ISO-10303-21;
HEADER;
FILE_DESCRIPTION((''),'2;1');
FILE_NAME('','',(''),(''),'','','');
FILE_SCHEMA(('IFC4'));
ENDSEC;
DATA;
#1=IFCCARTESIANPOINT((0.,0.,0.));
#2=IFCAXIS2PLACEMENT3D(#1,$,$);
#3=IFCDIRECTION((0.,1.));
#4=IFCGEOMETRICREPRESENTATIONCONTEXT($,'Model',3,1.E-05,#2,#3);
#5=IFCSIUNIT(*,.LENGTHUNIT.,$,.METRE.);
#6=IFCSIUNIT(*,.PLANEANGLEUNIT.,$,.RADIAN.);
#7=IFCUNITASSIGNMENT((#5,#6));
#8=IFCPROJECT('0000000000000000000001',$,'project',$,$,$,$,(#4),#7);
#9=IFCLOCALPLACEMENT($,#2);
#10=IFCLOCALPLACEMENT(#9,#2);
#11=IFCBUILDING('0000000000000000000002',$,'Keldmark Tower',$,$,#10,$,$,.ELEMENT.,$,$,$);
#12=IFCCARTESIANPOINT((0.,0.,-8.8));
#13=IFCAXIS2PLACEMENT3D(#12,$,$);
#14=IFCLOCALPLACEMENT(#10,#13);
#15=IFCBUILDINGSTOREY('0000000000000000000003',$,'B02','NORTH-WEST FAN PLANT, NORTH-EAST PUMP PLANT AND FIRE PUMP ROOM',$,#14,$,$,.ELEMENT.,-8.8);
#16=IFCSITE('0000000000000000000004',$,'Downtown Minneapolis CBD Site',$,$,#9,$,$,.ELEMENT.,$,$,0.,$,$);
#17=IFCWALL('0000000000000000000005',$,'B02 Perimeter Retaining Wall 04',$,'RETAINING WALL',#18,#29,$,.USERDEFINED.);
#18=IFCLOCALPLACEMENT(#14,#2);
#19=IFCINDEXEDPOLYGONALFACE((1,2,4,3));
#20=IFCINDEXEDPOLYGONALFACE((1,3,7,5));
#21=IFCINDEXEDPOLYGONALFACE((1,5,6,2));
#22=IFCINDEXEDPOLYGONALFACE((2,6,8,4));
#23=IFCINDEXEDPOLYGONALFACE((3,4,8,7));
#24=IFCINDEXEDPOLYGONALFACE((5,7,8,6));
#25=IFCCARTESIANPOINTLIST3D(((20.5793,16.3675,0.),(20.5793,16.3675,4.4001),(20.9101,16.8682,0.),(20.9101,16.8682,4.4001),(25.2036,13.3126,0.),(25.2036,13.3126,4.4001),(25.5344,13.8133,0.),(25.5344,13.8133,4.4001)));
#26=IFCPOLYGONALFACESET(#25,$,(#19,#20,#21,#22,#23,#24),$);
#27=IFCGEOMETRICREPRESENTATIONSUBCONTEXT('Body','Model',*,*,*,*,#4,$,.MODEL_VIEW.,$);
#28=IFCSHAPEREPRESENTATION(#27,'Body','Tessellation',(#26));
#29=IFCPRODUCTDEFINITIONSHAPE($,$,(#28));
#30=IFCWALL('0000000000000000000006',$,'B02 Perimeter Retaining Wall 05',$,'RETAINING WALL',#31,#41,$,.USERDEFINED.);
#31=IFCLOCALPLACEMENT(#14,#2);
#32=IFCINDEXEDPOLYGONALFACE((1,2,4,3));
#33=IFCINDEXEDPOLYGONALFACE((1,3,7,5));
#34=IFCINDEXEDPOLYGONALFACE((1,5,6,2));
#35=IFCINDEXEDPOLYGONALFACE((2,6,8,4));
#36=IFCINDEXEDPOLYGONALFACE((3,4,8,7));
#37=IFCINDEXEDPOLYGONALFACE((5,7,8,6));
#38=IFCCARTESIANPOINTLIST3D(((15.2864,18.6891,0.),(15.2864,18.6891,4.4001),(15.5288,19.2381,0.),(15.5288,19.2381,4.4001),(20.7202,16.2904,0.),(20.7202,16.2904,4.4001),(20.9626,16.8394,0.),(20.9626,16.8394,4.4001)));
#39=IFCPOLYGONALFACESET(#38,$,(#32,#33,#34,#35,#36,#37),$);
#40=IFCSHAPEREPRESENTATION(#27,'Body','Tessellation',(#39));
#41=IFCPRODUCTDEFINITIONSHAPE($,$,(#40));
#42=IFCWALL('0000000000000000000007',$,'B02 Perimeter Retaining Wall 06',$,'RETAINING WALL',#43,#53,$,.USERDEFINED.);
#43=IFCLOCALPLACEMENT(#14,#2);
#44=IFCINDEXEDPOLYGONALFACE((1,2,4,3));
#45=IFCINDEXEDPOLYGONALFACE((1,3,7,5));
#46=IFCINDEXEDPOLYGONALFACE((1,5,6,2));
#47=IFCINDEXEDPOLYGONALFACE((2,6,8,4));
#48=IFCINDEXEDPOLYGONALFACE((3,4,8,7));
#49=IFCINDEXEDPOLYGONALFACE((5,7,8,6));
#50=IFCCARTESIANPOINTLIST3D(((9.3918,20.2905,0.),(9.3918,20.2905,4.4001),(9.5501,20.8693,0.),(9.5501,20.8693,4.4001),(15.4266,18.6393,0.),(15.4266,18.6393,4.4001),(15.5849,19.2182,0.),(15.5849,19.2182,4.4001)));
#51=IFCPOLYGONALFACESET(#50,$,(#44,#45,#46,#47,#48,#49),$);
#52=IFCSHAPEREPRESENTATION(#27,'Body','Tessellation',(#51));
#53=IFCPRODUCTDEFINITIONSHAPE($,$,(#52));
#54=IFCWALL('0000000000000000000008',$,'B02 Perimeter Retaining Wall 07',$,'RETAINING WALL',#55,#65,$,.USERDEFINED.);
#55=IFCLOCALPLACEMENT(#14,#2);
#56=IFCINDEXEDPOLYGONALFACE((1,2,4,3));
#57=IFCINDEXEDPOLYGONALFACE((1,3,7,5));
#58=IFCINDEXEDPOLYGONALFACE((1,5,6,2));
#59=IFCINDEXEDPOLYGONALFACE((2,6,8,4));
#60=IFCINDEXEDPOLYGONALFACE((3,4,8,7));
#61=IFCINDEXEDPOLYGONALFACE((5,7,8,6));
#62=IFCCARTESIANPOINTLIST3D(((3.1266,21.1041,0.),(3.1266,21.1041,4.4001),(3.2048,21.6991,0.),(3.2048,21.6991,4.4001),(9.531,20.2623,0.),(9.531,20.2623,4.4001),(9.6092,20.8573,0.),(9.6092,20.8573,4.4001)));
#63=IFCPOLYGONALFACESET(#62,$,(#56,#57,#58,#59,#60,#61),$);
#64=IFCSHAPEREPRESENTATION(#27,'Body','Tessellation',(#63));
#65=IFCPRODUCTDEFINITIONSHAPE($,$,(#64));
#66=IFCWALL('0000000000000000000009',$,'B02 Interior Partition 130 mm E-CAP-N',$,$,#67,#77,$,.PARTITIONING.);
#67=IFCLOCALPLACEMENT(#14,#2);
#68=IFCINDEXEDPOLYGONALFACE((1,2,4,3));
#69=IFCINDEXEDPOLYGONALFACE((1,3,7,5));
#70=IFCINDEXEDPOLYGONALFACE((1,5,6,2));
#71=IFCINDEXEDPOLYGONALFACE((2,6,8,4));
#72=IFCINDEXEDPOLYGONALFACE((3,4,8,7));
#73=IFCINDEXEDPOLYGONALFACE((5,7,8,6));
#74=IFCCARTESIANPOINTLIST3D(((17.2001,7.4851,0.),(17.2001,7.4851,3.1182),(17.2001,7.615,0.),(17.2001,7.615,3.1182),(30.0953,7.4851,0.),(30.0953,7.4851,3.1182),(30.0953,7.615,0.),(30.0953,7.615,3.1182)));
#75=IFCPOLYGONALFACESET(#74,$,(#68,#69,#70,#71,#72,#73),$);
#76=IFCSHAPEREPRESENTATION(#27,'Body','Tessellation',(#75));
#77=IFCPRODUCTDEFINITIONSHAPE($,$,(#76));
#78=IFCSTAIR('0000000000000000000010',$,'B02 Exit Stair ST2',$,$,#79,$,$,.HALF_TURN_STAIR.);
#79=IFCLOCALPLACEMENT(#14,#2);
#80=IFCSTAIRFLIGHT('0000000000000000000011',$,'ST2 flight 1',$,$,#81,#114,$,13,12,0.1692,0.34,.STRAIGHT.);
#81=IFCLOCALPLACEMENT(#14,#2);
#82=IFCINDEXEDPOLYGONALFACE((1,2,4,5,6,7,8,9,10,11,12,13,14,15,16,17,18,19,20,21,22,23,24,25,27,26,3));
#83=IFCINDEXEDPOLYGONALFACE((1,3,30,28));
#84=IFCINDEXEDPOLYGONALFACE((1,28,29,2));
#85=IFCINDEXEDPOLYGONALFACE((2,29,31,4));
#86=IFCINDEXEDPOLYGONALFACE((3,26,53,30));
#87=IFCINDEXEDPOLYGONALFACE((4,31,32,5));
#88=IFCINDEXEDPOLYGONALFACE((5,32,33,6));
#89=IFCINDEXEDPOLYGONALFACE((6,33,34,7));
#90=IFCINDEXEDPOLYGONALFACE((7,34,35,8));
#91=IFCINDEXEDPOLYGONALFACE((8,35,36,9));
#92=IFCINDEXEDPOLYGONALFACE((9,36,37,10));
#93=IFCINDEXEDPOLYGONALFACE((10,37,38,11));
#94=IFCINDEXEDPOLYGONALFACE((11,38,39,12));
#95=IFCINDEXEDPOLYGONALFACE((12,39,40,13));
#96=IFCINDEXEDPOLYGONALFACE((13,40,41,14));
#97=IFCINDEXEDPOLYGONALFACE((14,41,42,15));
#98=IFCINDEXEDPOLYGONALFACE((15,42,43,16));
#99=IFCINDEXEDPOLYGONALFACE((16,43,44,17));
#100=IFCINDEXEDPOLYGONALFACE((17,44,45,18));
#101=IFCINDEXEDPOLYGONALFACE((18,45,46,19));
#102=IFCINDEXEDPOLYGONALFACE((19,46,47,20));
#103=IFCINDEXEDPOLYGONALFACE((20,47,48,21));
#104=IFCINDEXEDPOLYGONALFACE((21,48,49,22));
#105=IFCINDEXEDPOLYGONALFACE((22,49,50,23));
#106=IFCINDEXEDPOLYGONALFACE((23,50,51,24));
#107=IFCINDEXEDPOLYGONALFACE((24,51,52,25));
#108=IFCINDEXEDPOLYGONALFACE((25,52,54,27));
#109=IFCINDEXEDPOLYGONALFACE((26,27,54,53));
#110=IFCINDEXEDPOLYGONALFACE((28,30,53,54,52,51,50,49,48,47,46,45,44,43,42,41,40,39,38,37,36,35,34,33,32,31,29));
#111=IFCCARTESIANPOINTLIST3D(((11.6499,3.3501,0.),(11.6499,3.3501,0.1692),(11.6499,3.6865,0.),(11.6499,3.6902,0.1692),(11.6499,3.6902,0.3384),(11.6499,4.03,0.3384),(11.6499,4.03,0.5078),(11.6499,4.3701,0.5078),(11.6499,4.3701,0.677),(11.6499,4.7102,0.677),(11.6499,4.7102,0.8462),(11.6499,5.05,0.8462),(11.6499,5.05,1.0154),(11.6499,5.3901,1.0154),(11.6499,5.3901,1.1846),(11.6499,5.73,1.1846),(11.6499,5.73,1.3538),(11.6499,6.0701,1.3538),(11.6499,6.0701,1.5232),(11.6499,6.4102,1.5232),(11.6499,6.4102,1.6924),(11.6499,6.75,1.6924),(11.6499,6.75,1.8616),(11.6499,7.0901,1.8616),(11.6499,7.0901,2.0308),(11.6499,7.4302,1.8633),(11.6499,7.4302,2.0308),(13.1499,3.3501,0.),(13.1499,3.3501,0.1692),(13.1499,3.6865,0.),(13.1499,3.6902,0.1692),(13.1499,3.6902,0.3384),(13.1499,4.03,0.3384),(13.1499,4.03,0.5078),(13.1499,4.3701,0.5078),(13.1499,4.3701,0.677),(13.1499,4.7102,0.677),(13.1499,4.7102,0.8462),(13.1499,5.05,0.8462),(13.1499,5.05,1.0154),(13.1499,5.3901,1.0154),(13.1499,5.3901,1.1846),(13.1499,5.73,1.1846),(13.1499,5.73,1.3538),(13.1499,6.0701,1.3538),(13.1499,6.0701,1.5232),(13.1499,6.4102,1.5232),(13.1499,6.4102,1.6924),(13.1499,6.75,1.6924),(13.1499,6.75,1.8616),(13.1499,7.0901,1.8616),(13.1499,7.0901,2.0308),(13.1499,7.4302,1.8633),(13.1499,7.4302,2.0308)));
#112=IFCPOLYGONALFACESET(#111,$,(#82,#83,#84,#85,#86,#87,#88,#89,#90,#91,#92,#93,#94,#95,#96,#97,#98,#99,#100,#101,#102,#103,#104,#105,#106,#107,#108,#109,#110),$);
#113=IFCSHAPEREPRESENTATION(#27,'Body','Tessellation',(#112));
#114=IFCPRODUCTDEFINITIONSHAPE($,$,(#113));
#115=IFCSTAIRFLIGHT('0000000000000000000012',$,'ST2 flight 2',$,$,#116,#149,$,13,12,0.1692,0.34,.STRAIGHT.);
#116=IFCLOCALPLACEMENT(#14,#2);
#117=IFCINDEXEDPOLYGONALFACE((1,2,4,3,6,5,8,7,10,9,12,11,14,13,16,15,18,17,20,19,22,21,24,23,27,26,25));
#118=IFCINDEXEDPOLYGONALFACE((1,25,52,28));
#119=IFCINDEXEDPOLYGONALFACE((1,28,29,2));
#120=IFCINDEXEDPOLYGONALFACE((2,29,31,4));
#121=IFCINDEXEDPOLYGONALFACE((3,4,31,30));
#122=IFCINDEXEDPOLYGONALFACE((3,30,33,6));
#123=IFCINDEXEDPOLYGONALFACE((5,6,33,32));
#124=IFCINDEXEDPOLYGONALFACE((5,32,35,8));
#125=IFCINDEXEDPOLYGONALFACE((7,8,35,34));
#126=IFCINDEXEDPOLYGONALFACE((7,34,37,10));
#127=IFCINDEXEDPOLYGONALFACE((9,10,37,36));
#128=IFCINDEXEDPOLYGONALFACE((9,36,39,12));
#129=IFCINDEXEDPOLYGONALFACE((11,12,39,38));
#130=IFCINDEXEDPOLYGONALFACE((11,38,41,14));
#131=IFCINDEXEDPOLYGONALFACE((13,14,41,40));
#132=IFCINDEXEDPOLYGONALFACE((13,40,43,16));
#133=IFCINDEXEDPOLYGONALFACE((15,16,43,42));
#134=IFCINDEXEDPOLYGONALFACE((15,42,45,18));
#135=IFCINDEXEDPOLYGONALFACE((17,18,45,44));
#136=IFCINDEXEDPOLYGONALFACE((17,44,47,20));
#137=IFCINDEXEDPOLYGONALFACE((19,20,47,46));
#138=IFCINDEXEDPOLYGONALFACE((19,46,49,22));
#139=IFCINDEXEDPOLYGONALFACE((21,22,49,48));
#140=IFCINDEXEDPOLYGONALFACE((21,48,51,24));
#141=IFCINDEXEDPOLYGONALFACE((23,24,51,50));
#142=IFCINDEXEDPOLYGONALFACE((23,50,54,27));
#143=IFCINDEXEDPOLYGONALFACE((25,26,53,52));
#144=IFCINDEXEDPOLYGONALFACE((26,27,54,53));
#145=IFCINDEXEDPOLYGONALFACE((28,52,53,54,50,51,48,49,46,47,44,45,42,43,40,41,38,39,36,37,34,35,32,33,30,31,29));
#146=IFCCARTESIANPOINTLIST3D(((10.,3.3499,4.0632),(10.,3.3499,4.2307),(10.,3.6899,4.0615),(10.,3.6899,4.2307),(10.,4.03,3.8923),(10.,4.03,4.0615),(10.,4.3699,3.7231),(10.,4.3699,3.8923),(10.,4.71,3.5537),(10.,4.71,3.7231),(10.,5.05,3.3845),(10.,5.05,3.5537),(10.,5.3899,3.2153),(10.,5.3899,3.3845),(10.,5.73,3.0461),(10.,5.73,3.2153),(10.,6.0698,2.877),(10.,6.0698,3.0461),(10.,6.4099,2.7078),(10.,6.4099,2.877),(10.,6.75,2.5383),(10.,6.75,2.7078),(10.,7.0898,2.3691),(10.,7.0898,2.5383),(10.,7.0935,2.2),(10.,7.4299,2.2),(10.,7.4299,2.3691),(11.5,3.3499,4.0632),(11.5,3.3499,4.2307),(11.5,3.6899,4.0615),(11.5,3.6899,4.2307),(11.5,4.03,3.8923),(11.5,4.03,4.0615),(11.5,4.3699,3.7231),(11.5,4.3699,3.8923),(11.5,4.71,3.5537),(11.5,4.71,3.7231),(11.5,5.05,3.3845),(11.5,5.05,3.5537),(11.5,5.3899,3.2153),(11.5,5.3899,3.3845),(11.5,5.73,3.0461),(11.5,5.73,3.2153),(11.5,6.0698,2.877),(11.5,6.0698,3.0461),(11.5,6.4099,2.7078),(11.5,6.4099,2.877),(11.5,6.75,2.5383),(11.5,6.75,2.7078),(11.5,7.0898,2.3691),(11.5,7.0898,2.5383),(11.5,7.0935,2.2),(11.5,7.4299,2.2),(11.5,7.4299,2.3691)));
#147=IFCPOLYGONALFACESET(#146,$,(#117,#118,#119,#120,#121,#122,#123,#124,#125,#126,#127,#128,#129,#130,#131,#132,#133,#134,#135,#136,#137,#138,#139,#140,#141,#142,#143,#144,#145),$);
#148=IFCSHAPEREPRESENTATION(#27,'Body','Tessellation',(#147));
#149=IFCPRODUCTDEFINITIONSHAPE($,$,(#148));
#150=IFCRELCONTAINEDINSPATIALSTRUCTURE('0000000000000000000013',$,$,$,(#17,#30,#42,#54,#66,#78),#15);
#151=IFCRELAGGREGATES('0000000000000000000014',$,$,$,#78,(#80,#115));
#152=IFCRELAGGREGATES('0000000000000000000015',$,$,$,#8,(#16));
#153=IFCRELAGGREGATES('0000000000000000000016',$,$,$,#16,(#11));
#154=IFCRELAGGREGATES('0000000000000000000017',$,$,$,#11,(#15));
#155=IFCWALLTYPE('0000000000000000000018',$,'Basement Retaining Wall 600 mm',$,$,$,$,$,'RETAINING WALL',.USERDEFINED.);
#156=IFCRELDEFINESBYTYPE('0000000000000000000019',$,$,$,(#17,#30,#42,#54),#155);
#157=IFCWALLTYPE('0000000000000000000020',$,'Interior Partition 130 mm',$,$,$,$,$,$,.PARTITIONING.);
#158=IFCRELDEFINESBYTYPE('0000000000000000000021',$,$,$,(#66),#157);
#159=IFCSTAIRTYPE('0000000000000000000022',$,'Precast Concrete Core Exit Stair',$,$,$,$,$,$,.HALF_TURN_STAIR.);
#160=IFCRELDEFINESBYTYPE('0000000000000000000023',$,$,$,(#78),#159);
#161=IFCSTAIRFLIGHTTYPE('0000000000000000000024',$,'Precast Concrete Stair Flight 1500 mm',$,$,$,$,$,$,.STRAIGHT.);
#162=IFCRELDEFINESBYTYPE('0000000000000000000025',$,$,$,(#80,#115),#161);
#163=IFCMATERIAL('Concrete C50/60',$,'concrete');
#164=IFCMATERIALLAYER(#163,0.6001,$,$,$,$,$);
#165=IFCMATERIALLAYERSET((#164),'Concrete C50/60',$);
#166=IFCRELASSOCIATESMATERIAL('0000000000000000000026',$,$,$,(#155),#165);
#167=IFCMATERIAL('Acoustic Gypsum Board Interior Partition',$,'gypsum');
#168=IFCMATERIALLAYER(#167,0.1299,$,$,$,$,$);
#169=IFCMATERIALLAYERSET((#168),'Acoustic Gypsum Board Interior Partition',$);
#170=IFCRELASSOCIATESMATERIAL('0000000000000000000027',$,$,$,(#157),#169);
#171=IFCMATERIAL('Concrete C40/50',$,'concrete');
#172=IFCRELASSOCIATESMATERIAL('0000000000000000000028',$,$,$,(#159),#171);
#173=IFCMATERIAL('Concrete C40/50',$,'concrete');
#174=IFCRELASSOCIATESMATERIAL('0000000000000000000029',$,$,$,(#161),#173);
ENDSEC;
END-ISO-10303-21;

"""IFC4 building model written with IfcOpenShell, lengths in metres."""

from ifc_helpers import new_model, si_unit, direction, frame, frame_2d, origin, place, context, subcontext, project, spatial, polyline, rectangle, outline, extrude, material, layer, layer_set, type_object, element, aggregate, save


model = new_model("IFC4")

# Units and contexts
model_context = context("Model", 3, precision=1e-05, world=origin(), true_north=direction((0.0, 1.0)))
body_context = subcontext(model_context, "Body", "Model", "MODEL_VIEW")
ifc_project = project(units=[si_unit("LENGTHUNIT", "METRE"), si_unit("PLANEANGLEUNIT", "RADIAN")], contexts=[model_context])

# Site, building, storey
site_placement = place(None, origin())
site = spatial("IfcSite", under=ifc_project, at=site_placement, Name="Downtown Minneapolis CBD Site", CompositionType="ELEMENT", RefElevation=0.0)
building_placement = place(site_placement, origin())
building = spatial("IfcBuilding", under=site, at=building_placement, Name="Keldmark Tower", CompositionType="ELEMENT")
storey_placement = place(building_placement, frame((0.0, 0.0, -8.8)))
storey = spatial("IfcBuildingStorey", under=building, at=storey_placement, Name="B02", Description="NORTH-WEST FAN PLANT, NORTH-EAST PUMP PLANT AND FIRE PUMP ROOM", CompositionType="ELEMENT", Elevation=-8.8)

# Walls
ifc_material_1 = material(Name="Concrete C50/60", Category="concrete")
ifc_layer_1 = layer(ifc_material_1, 0.6001)
ifc_layer_set_1 = layer_set([ifc_layer_1], Name="Concrete C50/60")
wall_type_1 = type_object("IfcWallType", Name="Basement Retaining Wall 600 mm", ElementType="RETAINING WALL", PredefinedType="USERDEFINED", material=ifc_layer_set_1)
wall_1_placement = place(storey_placement, frame((25.3689, 13.563, 0.0), z_axis=(0.0, 0.0, 1.0), x_axis=(-0.834368, 0.551209, 0.0)))
element("IfcWall", 1, at=wall_1_placement, inside=storey, type_object=wall_type_1, Name="B02 Perimeter Retaining Wall 04", ObjectType="RETAINING WALL", PredefinedType="USERDEFINED", context=body_context, shape_type="SweptSolid", body=[
    extrude(rectangle(XDim=5.5422, YDim=0.6001, at=frame_2d((2.771, 0.0))), origin(), (0.0, 0.0, 1.0), 4.4001),
])
wall_2_placement = place(storey_placement, frame((20.8413, 16.5649, 0.0), z_axis=(0.0, 0.0, 1.0), x_axis=(-0.914831, 0.403838, 0.0)))
element("IfcWall", 2, at=wall_2_placement, inside=storey, type_object=wall_type_1, Name="B02 Perimeter Retaining Wall 05", ObjectType="RETAINING WALL", PredefinedType="USERDEFINED", context=body_context, shape_type="SweptSolid", body=[
    extrude(rectangle(XDim=5.9397, YDim=0.6001, at=frame_2d((2.9697, 0.0))), origin(), (0.0, 0.0, 1.0), 4.4001),
])
wall_3_placement = place(storey_placement, frame((15.5059, 18.9287, 0.0), z_axis=(0.0, 0.0, 1.0), x_axis=(-0.964548, 0.263906, 0.0)))
element("IfcWall", 3, at=wall_3_placement, inside=storey, type_object=wall_type_1, Name="B02 Perimeter Retaining Wall 06", ObjectType="RETAINING WALL", PredefinedType="USERDEFINED", context=body_context, shape_type="SweptSolid", body=[
    extrude(rectangle(XDim=6.2566, YDim=0.6001, at=frame_2d((3.1284, 0.0))), origin(), (0.0, 0.0, 1.0), 4.4001),
])
wall_4_placement = place(storey_placement, frame((9.5701, 20.5598, 0.0), z_axis=(0.0, 0.0, 1.0), x_axis=(-0.991472, 0.130322, 0.0)))
element("IfcWall", 4, at=wall_4_placement, inside=storey, type_object=wall_type_1, Name="B02 Perimeter Retaining Wall 07", ObjectType="RETAINING WALL", PredefinedType="USERDEFINED", context=body_context, shape_type="SweptSolid", body=[
    extrude(rectangle(XDim=6.4595, YDim=0.6001, at=frame_2d((3.2297, 0.0))), origin(), (0.0, 0.0, 1.0), 4.4001),
])
ifc_material_2 = material(Name="Acoustic Gypsum Board Interior Partition", Category="gypsum")
ifc_layer_2 = layer(ifc_material_2, 0.1299)
ifc_layer_set_2 = layer_set([ifc_layer_2], Name="Acoustic Gypsum Board Interior Partition")
wall_type_2 = type_object("IfcWallType", Name="Interior Partition 130 mm", PredefinedType="PARTITIONING", material=ifc_layer_set_2)
wall_5_placement = place(storey_placement, frame((17.2, 7.55, 0.0), z_axis=(0.0, 0.0, 1.0), x_axis=(1.0, 0.0, 0.0)))
element("IfcWall", 5, at=wall_5_placement, inside=storey, type_object=wall_type_2, Name="B02 Interior Partition 130 mm E-CAP-N", PredefinedType="PARTITIONING", context=body_context, shape_type="SweptSolid", body=[
    extrude(rectangle(XDim=12.8953, YDim=0.1299, at=frame_2d((6.4478, 0.0))), origin(), (0.0, 0.0, 1.0), 3.1182),
])

# Stair, stair flights
ifc_material_3 = material(Name="Concrete C40/50", Category="concrete")
stair_type = type_object("IfcStairType", Name="Precast Concrete Core Exit Stair", PredefinedType="HALF_TURN_STAIR", material=ifc_material_3)
stair_placement = place(storey_placement, origin())
stair = element("IfcStair", 6, at=stair_placement, inside=storey, type_object=stair_type, Name="B02 Exit Stair ST2", PredefinedType="HALF_TURN_STAIR")
ifc_material_4 = material(Name="Concrete C40/50", Category="concrete")
stair_flight_type = type_object("IfcStairFlightType", Name="Precast Concrete Stair Flight 1500 mm", PredefinedType="STRAIGHT", material=ifc_material_4)
stair_flight_1_placement = place(storey_placement, frame((12.3999, 3.3501, 0.0), z_axis=(0.0, 0.0, 1.0), x_axis=(0.0, 1.0, 0.0)))
stair_flight_1 = element("IfcStairFlight", 7, at=stair_flight_1_placement, type_object=stair_flight_type, Name="ST2 flight 1", NumberOfRisers=13, NumberOfTreads=12, PredefinedType="STRAIGHT", RiserHeight=0.1692, TreadLength=0.34, context=body_context, shape_type="SweptSolid", body=[
    extrude(outline(polyline([(0.0, 0.0), (0.0, 0.1692), (0.3401, 0.1692), (0.3401, 0.3384), (0.6799, 0.3384), (0.6799, 0.5078), (1.02, 0.5078), (1.02, 0.677), (1.3601, 0.677), (1.3601, 0.8462), (1.7, 0.8462), (1.7, 1.0154), (2.04, 1.0154), (2.04, 1.1846), (2.3799, 1.1846), (2.3799, 1.3538), (2.72, 1.3538), (2.72, 1.5232), (3.0601, 1.5232), (3.0601, 1.6924), (3.3999, 1.6924), (3.3999, 1.8616), (3.74, 1.8616), (3.74, 2.0308), (4.0801, 2.0308), (4.0801, 2.2), (4.0801, 1.8633), (0.3364, 0.0), (0.0, 0.0)])), frame((0.0, 0.75, 0.0), z_axis=(0.0, -1.0, 0.0), x_axis=(1.0, 0.0, 0.0)), (0.0, 0.0, 1.0), 1.5),
])
stair_flight_2_placement = place(storey_placement, frame((10.75, 7.4299, 2.2), z_axis=(0.0, 0.0, 1.0), x_axis=(0.0, -1.0, 0.0)))
stair_flight_2 = element("IfcStairFlight", 8, at=stair_flight_2_placement, type_object=stair_flight_type, Name="ST2 flight 2", NumberOfRisers=13, NumberOfTreads=12, PredefinedType="STRAIGHT", RiserHeight=0.1692, TreadLength=0.34, context=body_context, shape_type="SweptSolid", body=[
    extrude(outline(polyline([(0.0, 0.0), (0.0, 0.1692), (0.3401, 0.1692), (0.3401, 0.3384), (0.6799, 0.3384), (0.6799, 0.5078), (1.02, 0.5078), (1.02, 0.677), (1.3601, 0.677), (1.3601, 0.8462), (1.7, 0.8462), (1.7, 1.0154), (2.04, 1.0154), (2.04, 1.1846), (2.3799, 1.1846), (2.3799, 1.3538), (2.72, 1.3538), (2.72, 1.5232), (3.0601, 1.5232), (3.0601, 1.6924), (3.3999, 1.6924), (3.3999, 1.8616), (3.74, 1.8616), (3.74, 2.0308), (4.0801, 2.0308), (4.0801, 2.2), (4.0801, 1.8633), (0.3364, 0.0), (0.0, 0.0)])), frame((0.0, 0.75, 0.0), z_axis=(0.0, -1.0, 0.0), x_axis=(1.0, 0.0, 0.0)), (0.0, 0.0, 1.0), 1.5),
])
aggregate(stair, [stair_flight_1, stair_flight_2])

save(model, "model.ifc")
